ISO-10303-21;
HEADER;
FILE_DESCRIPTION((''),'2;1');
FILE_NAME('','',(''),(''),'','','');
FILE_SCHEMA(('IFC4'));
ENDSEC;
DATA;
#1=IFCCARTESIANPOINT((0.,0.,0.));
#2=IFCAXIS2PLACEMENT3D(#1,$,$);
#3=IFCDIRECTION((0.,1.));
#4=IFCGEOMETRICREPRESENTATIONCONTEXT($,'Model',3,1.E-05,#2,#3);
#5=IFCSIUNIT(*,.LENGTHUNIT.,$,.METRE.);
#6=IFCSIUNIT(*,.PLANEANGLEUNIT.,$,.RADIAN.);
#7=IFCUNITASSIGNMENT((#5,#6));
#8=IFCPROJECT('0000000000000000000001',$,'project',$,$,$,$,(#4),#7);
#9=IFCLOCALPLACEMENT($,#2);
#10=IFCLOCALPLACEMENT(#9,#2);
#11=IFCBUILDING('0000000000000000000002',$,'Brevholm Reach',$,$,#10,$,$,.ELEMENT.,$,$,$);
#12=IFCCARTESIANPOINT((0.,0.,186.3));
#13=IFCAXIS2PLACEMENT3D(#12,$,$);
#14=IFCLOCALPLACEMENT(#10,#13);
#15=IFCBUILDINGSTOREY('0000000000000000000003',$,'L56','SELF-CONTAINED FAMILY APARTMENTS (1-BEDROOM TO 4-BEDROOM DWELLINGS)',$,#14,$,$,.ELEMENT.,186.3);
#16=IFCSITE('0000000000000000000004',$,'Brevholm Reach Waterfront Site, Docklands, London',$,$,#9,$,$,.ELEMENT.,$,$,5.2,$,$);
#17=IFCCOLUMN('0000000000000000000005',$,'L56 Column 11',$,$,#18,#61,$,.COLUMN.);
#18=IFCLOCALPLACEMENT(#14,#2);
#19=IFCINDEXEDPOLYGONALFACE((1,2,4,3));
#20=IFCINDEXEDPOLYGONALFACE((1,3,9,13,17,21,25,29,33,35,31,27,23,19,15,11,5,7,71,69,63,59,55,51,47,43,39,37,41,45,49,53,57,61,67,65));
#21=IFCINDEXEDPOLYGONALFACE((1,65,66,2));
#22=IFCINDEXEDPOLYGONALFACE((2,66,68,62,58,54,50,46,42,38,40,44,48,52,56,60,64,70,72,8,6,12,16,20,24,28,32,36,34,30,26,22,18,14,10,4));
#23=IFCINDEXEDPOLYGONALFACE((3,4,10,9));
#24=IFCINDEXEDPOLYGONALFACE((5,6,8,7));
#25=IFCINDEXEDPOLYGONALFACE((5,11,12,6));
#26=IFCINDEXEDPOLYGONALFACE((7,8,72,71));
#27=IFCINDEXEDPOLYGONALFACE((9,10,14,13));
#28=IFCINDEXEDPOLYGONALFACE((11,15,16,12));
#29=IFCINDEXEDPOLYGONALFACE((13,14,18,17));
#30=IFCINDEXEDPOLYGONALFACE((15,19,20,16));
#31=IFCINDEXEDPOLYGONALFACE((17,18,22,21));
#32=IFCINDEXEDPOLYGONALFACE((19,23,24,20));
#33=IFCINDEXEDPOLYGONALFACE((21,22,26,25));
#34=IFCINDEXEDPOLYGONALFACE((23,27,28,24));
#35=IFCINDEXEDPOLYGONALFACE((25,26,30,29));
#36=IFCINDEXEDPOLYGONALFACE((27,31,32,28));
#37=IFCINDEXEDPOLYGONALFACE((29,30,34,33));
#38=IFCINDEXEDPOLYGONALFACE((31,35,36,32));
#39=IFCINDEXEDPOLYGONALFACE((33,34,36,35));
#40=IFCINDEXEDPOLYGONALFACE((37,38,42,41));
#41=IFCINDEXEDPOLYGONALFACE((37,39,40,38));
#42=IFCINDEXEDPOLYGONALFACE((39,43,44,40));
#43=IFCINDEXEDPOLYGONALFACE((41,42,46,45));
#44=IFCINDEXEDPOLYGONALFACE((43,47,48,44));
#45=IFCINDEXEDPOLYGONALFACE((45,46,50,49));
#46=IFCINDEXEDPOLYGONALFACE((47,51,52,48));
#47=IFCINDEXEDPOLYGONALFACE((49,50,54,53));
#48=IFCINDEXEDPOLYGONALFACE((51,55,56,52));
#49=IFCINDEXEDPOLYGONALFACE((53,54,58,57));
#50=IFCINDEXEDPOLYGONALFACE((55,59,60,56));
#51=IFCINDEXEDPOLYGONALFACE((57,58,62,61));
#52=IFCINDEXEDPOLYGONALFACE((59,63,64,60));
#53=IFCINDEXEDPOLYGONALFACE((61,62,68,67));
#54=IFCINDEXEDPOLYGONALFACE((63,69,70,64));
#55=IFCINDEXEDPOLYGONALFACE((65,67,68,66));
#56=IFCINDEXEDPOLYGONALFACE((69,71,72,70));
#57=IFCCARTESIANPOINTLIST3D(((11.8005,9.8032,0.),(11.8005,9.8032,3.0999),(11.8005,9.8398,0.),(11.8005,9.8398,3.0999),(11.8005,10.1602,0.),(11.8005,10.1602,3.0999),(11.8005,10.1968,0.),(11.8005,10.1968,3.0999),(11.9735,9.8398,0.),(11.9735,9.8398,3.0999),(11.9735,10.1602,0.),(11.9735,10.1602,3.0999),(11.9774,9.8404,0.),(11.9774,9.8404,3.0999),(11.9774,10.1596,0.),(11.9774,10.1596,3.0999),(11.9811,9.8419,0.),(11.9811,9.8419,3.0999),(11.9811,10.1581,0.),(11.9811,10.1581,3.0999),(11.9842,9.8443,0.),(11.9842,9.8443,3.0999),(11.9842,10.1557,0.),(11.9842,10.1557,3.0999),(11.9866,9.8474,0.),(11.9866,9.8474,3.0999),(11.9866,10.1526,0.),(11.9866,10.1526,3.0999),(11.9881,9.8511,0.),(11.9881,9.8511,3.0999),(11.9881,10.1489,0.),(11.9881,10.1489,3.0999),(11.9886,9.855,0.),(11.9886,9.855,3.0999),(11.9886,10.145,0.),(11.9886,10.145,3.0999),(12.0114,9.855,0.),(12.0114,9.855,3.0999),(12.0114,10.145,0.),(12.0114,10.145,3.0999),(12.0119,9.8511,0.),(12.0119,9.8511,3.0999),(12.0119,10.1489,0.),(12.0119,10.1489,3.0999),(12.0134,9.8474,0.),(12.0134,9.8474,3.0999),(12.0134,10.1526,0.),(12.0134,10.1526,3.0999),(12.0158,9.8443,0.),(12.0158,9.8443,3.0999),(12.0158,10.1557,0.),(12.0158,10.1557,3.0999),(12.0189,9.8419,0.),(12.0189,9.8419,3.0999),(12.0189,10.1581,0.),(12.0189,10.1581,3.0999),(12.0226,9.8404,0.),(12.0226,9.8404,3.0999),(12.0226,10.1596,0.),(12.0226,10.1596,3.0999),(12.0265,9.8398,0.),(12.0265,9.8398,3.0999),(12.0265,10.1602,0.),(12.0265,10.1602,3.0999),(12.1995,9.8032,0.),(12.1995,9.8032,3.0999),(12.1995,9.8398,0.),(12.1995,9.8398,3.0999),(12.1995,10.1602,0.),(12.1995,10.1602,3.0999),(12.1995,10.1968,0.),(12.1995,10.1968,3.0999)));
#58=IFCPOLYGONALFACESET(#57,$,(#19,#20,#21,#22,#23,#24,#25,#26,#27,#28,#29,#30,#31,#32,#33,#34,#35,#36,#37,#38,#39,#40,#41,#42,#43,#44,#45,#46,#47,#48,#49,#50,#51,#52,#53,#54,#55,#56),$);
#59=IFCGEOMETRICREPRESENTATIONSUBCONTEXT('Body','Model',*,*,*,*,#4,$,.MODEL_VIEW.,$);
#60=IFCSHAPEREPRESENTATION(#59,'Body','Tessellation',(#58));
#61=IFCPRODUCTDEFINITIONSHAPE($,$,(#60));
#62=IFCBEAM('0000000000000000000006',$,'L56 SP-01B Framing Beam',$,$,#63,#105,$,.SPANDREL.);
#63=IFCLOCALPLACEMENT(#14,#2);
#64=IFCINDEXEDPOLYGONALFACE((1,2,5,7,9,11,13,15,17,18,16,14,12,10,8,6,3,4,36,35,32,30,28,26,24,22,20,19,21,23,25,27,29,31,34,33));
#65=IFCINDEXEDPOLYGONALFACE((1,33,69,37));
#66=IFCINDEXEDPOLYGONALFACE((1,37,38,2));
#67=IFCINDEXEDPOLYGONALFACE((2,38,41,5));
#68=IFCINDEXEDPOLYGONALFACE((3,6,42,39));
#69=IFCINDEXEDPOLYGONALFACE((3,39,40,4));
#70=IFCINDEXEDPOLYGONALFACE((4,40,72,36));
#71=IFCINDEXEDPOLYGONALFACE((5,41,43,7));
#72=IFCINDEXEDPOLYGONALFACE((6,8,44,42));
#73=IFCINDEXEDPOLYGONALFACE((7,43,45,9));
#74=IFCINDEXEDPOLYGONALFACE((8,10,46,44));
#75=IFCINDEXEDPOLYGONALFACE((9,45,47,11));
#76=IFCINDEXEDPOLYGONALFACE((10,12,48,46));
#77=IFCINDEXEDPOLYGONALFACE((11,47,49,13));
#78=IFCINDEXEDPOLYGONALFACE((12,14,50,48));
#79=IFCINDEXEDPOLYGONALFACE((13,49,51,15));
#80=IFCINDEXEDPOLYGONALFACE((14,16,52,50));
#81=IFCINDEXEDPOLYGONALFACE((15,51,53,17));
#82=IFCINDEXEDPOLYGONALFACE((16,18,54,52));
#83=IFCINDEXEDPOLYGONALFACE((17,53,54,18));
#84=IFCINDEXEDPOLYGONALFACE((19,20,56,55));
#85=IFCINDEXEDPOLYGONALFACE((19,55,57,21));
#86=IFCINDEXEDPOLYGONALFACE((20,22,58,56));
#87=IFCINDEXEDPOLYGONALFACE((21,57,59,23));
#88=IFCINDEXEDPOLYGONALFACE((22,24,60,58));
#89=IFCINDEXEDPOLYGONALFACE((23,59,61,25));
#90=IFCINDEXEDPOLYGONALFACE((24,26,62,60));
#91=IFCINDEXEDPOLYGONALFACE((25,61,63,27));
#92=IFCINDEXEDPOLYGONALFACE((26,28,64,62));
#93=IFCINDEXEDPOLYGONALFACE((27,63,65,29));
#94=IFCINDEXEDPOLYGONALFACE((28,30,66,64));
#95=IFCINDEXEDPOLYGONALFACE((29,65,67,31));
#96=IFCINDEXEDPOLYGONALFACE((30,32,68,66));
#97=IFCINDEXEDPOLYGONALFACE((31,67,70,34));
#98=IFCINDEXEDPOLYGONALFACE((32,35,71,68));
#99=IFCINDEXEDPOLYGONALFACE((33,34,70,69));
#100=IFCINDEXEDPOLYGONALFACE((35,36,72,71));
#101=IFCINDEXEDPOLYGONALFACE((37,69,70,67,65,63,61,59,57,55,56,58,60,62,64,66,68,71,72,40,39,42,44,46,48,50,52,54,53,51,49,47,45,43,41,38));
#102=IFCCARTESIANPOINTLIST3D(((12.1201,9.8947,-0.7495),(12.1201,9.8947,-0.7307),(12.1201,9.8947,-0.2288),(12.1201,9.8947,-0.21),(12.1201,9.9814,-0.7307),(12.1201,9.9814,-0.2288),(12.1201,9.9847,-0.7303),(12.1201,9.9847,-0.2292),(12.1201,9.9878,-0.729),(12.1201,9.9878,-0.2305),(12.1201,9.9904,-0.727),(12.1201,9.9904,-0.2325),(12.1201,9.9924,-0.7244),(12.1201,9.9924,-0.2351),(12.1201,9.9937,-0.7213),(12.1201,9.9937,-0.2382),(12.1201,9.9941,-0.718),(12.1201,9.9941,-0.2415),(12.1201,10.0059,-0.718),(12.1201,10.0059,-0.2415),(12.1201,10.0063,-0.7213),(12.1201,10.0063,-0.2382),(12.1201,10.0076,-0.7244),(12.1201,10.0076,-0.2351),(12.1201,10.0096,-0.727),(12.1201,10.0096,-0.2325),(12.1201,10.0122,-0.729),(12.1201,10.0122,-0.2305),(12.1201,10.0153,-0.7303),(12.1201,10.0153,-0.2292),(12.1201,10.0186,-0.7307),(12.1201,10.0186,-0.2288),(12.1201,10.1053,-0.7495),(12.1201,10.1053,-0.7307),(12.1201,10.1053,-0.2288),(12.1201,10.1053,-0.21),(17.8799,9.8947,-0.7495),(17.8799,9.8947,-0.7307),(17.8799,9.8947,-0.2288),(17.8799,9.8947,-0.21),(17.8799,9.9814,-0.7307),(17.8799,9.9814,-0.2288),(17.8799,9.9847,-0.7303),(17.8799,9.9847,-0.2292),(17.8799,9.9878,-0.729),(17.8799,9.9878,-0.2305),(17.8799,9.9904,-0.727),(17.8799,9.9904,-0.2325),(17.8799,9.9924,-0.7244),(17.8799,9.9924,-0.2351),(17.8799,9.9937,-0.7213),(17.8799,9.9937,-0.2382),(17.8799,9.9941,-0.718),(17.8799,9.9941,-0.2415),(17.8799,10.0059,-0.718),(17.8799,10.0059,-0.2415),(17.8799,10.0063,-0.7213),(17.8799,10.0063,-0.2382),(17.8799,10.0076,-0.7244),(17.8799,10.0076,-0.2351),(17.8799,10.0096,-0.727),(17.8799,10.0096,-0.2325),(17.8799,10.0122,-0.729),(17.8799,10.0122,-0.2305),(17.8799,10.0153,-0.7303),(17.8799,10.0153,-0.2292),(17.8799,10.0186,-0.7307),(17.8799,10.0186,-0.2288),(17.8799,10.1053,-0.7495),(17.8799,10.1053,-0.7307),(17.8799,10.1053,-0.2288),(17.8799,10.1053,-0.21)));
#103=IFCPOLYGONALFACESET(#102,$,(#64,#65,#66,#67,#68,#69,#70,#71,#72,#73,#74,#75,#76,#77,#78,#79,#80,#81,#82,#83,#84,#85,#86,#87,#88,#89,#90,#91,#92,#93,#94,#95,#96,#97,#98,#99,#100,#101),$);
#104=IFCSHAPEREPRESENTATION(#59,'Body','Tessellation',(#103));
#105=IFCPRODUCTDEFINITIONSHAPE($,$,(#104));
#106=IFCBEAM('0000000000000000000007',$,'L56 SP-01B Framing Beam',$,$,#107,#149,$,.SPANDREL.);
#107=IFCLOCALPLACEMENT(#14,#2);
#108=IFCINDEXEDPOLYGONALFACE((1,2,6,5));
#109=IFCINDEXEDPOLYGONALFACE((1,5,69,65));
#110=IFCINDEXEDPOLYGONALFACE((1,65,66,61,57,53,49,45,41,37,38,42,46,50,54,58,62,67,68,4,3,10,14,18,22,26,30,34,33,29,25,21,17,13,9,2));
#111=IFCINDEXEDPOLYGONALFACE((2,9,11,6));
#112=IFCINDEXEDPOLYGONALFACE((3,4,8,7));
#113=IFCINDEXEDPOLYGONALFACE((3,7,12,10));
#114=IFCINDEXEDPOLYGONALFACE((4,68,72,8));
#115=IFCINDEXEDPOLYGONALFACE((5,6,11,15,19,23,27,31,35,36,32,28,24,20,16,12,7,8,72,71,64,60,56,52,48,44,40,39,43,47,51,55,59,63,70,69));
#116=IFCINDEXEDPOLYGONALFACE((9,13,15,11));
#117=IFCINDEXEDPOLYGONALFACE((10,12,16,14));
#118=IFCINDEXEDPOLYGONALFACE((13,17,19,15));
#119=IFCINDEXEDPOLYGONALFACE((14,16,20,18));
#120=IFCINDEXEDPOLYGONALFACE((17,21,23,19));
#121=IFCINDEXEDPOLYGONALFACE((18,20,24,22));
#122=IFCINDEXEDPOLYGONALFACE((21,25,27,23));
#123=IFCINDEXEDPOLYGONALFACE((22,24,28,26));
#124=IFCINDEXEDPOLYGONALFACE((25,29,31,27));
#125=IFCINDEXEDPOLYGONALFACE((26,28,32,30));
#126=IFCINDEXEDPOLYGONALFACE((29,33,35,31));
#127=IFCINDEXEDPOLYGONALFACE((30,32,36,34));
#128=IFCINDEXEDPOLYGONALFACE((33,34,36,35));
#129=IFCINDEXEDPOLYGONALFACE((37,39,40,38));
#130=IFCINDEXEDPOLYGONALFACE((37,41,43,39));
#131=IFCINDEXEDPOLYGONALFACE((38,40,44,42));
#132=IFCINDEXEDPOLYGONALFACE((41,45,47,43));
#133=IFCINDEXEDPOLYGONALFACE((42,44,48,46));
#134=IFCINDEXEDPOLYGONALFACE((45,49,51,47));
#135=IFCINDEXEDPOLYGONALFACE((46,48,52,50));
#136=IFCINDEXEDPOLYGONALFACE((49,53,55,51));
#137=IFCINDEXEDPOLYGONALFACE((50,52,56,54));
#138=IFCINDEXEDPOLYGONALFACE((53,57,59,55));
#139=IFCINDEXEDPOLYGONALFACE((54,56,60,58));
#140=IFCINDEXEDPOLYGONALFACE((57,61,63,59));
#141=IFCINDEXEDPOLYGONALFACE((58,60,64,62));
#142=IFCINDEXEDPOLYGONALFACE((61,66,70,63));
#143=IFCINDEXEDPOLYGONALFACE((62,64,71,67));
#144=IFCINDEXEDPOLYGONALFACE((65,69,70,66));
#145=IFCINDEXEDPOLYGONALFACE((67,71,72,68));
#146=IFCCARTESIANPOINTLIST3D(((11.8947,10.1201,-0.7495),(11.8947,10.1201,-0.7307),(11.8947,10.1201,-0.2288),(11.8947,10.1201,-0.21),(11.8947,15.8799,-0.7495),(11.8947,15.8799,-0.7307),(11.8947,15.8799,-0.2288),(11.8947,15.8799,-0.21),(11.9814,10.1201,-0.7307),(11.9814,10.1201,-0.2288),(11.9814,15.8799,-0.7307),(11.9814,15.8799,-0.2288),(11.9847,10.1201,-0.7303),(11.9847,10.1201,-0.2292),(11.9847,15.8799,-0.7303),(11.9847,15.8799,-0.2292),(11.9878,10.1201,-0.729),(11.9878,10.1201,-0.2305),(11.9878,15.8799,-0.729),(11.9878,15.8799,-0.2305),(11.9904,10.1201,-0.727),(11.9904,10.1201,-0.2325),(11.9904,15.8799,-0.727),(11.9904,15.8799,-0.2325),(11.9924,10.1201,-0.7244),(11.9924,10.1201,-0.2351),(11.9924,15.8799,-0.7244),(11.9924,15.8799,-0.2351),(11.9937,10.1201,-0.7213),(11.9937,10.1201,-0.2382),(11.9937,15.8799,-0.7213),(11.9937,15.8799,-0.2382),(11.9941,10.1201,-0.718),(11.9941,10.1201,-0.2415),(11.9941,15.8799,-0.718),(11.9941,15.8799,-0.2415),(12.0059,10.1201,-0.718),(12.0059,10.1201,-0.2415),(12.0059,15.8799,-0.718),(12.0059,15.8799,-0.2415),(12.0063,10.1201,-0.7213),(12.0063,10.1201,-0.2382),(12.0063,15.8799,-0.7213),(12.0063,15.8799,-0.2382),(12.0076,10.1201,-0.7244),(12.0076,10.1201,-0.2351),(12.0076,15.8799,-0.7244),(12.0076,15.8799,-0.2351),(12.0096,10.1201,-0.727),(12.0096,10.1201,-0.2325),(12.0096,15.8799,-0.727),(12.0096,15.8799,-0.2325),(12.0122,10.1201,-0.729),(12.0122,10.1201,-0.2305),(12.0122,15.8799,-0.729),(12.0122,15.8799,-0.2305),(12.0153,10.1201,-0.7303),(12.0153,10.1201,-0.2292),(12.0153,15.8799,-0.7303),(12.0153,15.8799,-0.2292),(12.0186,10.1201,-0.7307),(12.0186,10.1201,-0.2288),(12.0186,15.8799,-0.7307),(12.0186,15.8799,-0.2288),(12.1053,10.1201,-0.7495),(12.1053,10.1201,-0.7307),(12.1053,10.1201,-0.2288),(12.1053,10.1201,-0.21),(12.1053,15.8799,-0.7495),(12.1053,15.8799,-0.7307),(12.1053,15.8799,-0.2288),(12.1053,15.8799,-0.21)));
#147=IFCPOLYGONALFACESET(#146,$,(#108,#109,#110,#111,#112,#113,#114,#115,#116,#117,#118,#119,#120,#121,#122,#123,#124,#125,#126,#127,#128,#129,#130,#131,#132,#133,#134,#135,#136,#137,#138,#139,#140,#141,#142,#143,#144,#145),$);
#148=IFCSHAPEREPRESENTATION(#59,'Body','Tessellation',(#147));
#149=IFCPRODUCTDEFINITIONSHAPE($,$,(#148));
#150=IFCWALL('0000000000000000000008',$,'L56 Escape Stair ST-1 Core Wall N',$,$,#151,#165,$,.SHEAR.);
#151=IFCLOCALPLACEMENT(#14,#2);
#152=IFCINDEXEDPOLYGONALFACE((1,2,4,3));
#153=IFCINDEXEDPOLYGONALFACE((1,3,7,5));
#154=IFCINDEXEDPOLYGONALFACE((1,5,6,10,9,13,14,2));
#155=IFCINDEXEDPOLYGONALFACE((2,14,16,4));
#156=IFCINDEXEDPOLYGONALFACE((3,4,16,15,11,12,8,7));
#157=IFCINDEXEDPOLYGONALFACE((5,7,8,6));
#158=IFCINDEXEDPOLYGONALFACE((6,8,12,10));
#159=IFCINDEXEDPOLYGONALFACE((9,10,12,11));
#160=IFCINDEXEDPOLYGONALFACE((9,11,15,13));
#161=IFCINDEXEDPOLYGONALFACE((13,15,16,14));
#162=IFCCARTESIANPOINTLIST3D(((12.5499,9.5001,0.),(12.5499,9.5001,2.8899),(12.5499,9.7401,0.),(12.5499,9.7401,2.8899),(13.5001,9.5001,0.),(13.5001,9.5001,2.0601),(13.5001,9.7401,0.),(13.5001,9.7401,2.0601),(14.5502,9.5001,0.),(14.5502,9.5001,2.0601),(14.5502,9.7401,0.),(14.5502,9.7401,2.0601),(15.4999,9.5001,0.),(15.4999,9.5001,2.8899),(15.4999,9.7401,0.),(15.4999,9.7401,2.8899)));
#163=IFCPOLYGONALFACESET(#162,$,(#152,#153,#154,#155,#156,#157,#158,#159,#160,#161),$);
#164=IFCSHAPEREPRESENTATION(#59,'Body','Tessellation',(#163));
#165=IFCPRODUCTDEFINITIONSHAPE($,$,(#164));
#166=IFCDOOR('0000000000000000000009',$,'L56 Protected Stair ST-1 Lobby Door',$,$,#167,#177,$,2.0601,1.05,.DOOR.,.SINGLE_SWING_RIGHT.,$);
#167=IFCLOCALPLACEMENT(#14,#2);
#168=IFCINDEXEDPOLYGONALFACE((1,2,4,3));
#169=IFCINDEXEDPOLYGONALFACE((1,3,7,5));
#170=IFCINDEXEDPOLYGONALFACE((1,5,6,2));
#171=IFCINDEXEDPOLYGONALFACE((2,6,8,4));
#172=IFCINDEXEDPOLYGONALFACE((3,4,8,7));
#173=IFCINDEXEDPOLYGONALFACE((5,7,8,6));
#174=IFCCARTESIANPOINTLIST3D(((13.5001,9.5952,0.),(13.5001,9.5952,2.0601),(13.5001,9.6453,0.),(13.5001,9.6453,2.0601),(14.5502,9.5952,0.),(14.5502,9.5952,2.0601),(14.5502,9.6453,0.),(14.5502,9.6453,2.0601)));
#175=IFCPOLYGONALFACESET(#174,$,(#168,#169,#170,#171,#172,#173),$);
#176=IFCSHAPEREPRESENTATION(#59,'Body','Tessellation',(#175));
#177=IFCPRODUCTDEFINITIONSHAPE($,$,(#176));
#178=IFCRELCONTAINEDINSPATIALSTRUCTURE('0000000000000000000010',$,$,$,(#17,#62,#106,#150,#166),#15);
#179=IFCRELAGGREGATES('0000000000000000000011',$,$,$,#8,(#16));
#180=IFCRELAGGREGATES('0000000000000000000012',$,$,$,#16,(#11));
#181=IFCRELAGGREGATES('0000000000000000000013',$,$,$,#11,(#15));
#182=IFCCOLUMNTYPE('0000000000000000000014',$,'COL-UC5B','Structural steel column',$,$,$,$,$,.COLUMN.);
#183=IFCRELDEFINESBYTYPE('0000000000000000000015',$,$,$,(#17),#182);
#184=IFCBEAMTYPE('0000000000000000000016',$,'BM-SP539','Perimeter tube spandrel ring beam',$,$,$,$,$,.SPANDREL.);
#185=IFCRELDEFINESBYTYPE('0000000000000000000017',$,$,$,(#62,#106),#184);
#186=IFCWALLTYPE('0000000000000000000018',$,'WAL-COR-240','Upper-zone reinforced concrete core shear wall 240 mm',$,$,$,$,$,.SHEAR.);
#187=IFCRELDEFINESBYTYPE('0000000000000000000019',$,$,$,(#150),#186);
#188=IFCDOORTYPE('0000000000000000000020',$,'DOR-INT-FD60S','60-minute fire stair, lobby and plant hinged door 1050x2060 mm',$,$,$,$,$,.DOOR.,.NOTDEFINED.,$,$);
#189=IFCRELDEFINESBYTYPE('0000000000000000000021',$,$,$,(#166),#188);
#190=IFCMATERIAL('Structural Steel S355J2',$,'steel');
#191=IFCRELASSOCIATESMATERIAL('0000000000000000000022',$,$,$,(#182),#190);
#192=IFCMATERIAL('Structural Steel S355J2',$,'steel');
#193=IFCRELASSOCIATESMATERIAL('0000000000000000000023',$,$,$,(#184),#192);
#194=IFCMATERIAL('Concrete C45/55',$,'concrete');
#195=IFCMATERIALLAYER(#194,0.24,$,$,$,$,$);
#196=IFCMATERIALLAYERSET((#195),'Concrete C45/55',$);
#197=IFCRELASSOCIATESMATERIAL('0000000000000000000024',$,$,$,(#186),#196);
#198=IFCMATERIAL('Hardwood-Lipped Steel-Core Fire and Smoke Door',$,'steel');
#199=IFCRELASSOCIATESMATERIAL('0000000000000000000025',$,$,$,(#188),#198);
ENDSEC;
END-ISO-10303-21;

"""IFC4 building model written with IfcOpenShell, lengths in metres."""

from ifc_helpers import new_model, si_unit, direction, frame, frame_2d, origin, origin_2d, place, context, subcontext, project, spatial, rectangle, i_section, extrude, material, layer, layer_set, material_profile, profile_set, type_object, element, fill, save


model = new_model("IFC4")

# Units and contexts
model_context = context("Model", 3, precision=1e-05, world=origin(), true_north=direction((0.0, 1.0)))
body_context = subcontext(model_context, "Body", "Model", "MODEL_VIEW")
ifc_project = project(units=[si_unit("LENGTHUNIT", "METRE"), si_unit("PLANEANGLEUNIT", "RADIAN")], contexts=[model_context])

# Site, building, storey
site_placement = place(None, origin())
site = spatial("IfcSite", under=ifc_project, at=site_placement, Name="Brevholm Reach Waterfront Site, Docklands, London", CompositionType="ELEMENT", RefElevation=5.2)
building_placement = place(site_placement, origin())
building = spatial("IfcBuilding", under=site, at=building_placement, Name="Brevholm Reach", CompositionType="ELEMENT")
storey_placement = place(building_placement, frame((0.0, 0.0, 186.3)))
storey = spatial("IfcBuildingStorey", under=building, at=storey_placement, Name="L56", Description="SELF-CONTAINED FAMILY APARTMENTS (1-BEDROOM TO 4-BEDROOM DWELLINGS)", CompositionType="ELEMENT", Elevation=186.3)

# Column
ifc_material_1 = material(Name="Structural Steel S355J2", Category="steel")
ifc_material_profile_1 = material_profile(ifc_material_1, i_section(OverallWidth=0.3989, OverallDepth=0.3936, WebThickness=0.0227, FlangeThickness=0.0366, FilletRadius=0.0151, at=origin_2d()), Name="UKC 356x406x287")
ifc_profile_set_1 = profile_set([ifc_material_profile_1], Name="Structural Steel S355J2")
column_type = type_object("IfcColumnType", Name="COL-UC5B", Description="Structural steel column", PredefinedType="COLUMN", material=ifc_profile_set_1)
column_placement = place(storey_placement, frame((12.0, 10.0, 0.0), z_axis=(0.0, 0.0, 1.0), x_axis=(1.0, 0.0, 0.0)))
element("IfcColumn", 1, at=column_placement, inside=storey, type_object=column_type, Name="L56 Column 11", PredefinedType="COLUMN", context=body_context, shape_type="SweptSolid", body=[
    extrude(i_section(OverallWidth=0.3989, OverallDepth=0.3936, WebThickness=0.0227, FlangeThickness=0.0366, FilletRadius=0.0151, at=origin_2d()), origin(), (0.0, 0.0, 1.0), 3.0999),
])

# Beams
ifc_material_2 = material(Name="Structural Steel S355J2", Category="steel")
ifc_material_profile_2 = material_profile(ifc_material_2, i_section(OverallWidth=0.2107, OverallDepth=0.5396, WebThickness=0.0117, FlangeThickness=0.0188, FilletRadius=0.0127, at=origin_2d()), Name="UKB 533x210x109")
ifc_profile_set_2 = profile_set([ifc_material_profile_2], Name="Structural Steel S355J2")
beam_type = type_object("IfcBeamType", Name="BM-SP539", Description="Perimeter tube spandrel ring beam", PredefinedType="SPANDREL", material=ifc_profile_set_2)
for number, where, z_axis, x_axis, name in (
    (2, (12.1201, 10.0, -0.4797), (1.0, 0.0, 0.0), (0.0, 1.0, 0.0), "L56 SP-01B Framing Beam"),
    (3, (12.0, 10.1201, -0.4797), (0.0, 1.0, 0.0), (-1.0, 0.0, 0.0), "L56 SP-01B Framing Beam"),
):
    element("IfcBeam", number, at=place(storey_placement, frame(where, z_axis=z_axis, x_axis=x_axis)), inside=storey, type_object=beam_type, Name=name, PredefinedType="SPANDREL", context=body_context, shape_type="SweptSolid", body=[
        extrude(i_section(OverallWidth=0.2107, OverallDepth=0.5396, WebThickness=0.0117, FlangeThickness=0.0188, FilletRadius=0.0127, at=origin_2d()), origin(), (0.0, 0.0, 1.0), 5.7598),
    ])

# Wall, opening, door
ifc_material_3 = material(Name="Concrete C45/55", Category="concrete")
ifc_layer_1 = layer(ifc_material_3, 0.24)
ifc_layer_set_1 = layer_set([ifc_layer_1], Name="Concrete C45/55")
wall_type_1 = type_object("IfcWallType", Name="WAL-COR-240", Description="Upper-zone reinforced concrete core shear wall 240 mm", PredefinedType="SHEAR", material=ifc_layer_set_1)
wall_1_placement = place(storey_placement, frame((15.5, 9.6201, 0.0), z_axis=(0.0, 0.0, 1.0), x_axis=(-1.0, 0.0, 0.0)))
wall_1 = element("IfcWall", 4, at=wall_1_placement, inside=storey, type_object=wall_type_1, Name="L56 Escape Stair ST-1 Core Wall N", PredefinedType="SHEAR", context=body_context, shape_type="SweptSolid", body=[
    extrude(rectangle(XDim=2.95, YDim=0.24, at=frame_2d((1.4751, 0.0))), origin(), (0.0, 0.0, 1.0), 2.8899),
])
opening_1_placement = place(wall_1_placement, frame((0.95, 0.0, 0.0)))
opening_1 = element("IfcOpeningElement", 5, at=opening_1_placement, cuts=wall_1, PredefinedType="OPENING", context=body_context, shape_type="SweptSolid", body=[
    extrude(rectangle(XDim=1.05, YDim=2.0601, at=frame_2d((0.5249, 1.03))), frame((0.0, 0.1299, 0.0), z_axis=(0.0, -1.0, 0.0), x_axis=(1.0, 0.0, 0.0)), (0.0, 0.0, 1.0), 0.26),
])
ifc_material_4 = material(Name="Hardwood-Lipped Steel-Core Fire and Smoke Door", Category="steel")
door_type_1 = type_object("IfcDoorType", Name="DOR-INT-FD60S", Description="60-minute fire stair, lobby and plant hinged door 1050x2060 mm", OperationType="NOTDEFINED", PredefinedType="DOOR", material=ifc_material_4)
door_1_placement = place(opening_1_placement, origin())
door_1 = element("IfcDoor", 6, at=door_1_placement, inside=storey, type_object=door_type_1, Name="L56 Protected Stair ST-1 Lobby Door", OperationType="SINGLE_SWING_RIGHT", OverallHeight=2.0601, OverallWidth=1.05, PredefinedType="DOOR", context=body_context, shape_type="SweptSolid", body=[
    extrude(rectangle(XDim=1.05, YDim=2.0601, at=frame_2d((0.5249, 1.03))), frame((0.0, 0.0249, 0.0), z_axis=(0.0, -1.0, 0.0), x_axis=(1.0, 0.0, 0.0)), (0.0, 0.0, 1.0), 0.05),
])
fill(opening_1, door_1)

save(model, "model.ifc")
